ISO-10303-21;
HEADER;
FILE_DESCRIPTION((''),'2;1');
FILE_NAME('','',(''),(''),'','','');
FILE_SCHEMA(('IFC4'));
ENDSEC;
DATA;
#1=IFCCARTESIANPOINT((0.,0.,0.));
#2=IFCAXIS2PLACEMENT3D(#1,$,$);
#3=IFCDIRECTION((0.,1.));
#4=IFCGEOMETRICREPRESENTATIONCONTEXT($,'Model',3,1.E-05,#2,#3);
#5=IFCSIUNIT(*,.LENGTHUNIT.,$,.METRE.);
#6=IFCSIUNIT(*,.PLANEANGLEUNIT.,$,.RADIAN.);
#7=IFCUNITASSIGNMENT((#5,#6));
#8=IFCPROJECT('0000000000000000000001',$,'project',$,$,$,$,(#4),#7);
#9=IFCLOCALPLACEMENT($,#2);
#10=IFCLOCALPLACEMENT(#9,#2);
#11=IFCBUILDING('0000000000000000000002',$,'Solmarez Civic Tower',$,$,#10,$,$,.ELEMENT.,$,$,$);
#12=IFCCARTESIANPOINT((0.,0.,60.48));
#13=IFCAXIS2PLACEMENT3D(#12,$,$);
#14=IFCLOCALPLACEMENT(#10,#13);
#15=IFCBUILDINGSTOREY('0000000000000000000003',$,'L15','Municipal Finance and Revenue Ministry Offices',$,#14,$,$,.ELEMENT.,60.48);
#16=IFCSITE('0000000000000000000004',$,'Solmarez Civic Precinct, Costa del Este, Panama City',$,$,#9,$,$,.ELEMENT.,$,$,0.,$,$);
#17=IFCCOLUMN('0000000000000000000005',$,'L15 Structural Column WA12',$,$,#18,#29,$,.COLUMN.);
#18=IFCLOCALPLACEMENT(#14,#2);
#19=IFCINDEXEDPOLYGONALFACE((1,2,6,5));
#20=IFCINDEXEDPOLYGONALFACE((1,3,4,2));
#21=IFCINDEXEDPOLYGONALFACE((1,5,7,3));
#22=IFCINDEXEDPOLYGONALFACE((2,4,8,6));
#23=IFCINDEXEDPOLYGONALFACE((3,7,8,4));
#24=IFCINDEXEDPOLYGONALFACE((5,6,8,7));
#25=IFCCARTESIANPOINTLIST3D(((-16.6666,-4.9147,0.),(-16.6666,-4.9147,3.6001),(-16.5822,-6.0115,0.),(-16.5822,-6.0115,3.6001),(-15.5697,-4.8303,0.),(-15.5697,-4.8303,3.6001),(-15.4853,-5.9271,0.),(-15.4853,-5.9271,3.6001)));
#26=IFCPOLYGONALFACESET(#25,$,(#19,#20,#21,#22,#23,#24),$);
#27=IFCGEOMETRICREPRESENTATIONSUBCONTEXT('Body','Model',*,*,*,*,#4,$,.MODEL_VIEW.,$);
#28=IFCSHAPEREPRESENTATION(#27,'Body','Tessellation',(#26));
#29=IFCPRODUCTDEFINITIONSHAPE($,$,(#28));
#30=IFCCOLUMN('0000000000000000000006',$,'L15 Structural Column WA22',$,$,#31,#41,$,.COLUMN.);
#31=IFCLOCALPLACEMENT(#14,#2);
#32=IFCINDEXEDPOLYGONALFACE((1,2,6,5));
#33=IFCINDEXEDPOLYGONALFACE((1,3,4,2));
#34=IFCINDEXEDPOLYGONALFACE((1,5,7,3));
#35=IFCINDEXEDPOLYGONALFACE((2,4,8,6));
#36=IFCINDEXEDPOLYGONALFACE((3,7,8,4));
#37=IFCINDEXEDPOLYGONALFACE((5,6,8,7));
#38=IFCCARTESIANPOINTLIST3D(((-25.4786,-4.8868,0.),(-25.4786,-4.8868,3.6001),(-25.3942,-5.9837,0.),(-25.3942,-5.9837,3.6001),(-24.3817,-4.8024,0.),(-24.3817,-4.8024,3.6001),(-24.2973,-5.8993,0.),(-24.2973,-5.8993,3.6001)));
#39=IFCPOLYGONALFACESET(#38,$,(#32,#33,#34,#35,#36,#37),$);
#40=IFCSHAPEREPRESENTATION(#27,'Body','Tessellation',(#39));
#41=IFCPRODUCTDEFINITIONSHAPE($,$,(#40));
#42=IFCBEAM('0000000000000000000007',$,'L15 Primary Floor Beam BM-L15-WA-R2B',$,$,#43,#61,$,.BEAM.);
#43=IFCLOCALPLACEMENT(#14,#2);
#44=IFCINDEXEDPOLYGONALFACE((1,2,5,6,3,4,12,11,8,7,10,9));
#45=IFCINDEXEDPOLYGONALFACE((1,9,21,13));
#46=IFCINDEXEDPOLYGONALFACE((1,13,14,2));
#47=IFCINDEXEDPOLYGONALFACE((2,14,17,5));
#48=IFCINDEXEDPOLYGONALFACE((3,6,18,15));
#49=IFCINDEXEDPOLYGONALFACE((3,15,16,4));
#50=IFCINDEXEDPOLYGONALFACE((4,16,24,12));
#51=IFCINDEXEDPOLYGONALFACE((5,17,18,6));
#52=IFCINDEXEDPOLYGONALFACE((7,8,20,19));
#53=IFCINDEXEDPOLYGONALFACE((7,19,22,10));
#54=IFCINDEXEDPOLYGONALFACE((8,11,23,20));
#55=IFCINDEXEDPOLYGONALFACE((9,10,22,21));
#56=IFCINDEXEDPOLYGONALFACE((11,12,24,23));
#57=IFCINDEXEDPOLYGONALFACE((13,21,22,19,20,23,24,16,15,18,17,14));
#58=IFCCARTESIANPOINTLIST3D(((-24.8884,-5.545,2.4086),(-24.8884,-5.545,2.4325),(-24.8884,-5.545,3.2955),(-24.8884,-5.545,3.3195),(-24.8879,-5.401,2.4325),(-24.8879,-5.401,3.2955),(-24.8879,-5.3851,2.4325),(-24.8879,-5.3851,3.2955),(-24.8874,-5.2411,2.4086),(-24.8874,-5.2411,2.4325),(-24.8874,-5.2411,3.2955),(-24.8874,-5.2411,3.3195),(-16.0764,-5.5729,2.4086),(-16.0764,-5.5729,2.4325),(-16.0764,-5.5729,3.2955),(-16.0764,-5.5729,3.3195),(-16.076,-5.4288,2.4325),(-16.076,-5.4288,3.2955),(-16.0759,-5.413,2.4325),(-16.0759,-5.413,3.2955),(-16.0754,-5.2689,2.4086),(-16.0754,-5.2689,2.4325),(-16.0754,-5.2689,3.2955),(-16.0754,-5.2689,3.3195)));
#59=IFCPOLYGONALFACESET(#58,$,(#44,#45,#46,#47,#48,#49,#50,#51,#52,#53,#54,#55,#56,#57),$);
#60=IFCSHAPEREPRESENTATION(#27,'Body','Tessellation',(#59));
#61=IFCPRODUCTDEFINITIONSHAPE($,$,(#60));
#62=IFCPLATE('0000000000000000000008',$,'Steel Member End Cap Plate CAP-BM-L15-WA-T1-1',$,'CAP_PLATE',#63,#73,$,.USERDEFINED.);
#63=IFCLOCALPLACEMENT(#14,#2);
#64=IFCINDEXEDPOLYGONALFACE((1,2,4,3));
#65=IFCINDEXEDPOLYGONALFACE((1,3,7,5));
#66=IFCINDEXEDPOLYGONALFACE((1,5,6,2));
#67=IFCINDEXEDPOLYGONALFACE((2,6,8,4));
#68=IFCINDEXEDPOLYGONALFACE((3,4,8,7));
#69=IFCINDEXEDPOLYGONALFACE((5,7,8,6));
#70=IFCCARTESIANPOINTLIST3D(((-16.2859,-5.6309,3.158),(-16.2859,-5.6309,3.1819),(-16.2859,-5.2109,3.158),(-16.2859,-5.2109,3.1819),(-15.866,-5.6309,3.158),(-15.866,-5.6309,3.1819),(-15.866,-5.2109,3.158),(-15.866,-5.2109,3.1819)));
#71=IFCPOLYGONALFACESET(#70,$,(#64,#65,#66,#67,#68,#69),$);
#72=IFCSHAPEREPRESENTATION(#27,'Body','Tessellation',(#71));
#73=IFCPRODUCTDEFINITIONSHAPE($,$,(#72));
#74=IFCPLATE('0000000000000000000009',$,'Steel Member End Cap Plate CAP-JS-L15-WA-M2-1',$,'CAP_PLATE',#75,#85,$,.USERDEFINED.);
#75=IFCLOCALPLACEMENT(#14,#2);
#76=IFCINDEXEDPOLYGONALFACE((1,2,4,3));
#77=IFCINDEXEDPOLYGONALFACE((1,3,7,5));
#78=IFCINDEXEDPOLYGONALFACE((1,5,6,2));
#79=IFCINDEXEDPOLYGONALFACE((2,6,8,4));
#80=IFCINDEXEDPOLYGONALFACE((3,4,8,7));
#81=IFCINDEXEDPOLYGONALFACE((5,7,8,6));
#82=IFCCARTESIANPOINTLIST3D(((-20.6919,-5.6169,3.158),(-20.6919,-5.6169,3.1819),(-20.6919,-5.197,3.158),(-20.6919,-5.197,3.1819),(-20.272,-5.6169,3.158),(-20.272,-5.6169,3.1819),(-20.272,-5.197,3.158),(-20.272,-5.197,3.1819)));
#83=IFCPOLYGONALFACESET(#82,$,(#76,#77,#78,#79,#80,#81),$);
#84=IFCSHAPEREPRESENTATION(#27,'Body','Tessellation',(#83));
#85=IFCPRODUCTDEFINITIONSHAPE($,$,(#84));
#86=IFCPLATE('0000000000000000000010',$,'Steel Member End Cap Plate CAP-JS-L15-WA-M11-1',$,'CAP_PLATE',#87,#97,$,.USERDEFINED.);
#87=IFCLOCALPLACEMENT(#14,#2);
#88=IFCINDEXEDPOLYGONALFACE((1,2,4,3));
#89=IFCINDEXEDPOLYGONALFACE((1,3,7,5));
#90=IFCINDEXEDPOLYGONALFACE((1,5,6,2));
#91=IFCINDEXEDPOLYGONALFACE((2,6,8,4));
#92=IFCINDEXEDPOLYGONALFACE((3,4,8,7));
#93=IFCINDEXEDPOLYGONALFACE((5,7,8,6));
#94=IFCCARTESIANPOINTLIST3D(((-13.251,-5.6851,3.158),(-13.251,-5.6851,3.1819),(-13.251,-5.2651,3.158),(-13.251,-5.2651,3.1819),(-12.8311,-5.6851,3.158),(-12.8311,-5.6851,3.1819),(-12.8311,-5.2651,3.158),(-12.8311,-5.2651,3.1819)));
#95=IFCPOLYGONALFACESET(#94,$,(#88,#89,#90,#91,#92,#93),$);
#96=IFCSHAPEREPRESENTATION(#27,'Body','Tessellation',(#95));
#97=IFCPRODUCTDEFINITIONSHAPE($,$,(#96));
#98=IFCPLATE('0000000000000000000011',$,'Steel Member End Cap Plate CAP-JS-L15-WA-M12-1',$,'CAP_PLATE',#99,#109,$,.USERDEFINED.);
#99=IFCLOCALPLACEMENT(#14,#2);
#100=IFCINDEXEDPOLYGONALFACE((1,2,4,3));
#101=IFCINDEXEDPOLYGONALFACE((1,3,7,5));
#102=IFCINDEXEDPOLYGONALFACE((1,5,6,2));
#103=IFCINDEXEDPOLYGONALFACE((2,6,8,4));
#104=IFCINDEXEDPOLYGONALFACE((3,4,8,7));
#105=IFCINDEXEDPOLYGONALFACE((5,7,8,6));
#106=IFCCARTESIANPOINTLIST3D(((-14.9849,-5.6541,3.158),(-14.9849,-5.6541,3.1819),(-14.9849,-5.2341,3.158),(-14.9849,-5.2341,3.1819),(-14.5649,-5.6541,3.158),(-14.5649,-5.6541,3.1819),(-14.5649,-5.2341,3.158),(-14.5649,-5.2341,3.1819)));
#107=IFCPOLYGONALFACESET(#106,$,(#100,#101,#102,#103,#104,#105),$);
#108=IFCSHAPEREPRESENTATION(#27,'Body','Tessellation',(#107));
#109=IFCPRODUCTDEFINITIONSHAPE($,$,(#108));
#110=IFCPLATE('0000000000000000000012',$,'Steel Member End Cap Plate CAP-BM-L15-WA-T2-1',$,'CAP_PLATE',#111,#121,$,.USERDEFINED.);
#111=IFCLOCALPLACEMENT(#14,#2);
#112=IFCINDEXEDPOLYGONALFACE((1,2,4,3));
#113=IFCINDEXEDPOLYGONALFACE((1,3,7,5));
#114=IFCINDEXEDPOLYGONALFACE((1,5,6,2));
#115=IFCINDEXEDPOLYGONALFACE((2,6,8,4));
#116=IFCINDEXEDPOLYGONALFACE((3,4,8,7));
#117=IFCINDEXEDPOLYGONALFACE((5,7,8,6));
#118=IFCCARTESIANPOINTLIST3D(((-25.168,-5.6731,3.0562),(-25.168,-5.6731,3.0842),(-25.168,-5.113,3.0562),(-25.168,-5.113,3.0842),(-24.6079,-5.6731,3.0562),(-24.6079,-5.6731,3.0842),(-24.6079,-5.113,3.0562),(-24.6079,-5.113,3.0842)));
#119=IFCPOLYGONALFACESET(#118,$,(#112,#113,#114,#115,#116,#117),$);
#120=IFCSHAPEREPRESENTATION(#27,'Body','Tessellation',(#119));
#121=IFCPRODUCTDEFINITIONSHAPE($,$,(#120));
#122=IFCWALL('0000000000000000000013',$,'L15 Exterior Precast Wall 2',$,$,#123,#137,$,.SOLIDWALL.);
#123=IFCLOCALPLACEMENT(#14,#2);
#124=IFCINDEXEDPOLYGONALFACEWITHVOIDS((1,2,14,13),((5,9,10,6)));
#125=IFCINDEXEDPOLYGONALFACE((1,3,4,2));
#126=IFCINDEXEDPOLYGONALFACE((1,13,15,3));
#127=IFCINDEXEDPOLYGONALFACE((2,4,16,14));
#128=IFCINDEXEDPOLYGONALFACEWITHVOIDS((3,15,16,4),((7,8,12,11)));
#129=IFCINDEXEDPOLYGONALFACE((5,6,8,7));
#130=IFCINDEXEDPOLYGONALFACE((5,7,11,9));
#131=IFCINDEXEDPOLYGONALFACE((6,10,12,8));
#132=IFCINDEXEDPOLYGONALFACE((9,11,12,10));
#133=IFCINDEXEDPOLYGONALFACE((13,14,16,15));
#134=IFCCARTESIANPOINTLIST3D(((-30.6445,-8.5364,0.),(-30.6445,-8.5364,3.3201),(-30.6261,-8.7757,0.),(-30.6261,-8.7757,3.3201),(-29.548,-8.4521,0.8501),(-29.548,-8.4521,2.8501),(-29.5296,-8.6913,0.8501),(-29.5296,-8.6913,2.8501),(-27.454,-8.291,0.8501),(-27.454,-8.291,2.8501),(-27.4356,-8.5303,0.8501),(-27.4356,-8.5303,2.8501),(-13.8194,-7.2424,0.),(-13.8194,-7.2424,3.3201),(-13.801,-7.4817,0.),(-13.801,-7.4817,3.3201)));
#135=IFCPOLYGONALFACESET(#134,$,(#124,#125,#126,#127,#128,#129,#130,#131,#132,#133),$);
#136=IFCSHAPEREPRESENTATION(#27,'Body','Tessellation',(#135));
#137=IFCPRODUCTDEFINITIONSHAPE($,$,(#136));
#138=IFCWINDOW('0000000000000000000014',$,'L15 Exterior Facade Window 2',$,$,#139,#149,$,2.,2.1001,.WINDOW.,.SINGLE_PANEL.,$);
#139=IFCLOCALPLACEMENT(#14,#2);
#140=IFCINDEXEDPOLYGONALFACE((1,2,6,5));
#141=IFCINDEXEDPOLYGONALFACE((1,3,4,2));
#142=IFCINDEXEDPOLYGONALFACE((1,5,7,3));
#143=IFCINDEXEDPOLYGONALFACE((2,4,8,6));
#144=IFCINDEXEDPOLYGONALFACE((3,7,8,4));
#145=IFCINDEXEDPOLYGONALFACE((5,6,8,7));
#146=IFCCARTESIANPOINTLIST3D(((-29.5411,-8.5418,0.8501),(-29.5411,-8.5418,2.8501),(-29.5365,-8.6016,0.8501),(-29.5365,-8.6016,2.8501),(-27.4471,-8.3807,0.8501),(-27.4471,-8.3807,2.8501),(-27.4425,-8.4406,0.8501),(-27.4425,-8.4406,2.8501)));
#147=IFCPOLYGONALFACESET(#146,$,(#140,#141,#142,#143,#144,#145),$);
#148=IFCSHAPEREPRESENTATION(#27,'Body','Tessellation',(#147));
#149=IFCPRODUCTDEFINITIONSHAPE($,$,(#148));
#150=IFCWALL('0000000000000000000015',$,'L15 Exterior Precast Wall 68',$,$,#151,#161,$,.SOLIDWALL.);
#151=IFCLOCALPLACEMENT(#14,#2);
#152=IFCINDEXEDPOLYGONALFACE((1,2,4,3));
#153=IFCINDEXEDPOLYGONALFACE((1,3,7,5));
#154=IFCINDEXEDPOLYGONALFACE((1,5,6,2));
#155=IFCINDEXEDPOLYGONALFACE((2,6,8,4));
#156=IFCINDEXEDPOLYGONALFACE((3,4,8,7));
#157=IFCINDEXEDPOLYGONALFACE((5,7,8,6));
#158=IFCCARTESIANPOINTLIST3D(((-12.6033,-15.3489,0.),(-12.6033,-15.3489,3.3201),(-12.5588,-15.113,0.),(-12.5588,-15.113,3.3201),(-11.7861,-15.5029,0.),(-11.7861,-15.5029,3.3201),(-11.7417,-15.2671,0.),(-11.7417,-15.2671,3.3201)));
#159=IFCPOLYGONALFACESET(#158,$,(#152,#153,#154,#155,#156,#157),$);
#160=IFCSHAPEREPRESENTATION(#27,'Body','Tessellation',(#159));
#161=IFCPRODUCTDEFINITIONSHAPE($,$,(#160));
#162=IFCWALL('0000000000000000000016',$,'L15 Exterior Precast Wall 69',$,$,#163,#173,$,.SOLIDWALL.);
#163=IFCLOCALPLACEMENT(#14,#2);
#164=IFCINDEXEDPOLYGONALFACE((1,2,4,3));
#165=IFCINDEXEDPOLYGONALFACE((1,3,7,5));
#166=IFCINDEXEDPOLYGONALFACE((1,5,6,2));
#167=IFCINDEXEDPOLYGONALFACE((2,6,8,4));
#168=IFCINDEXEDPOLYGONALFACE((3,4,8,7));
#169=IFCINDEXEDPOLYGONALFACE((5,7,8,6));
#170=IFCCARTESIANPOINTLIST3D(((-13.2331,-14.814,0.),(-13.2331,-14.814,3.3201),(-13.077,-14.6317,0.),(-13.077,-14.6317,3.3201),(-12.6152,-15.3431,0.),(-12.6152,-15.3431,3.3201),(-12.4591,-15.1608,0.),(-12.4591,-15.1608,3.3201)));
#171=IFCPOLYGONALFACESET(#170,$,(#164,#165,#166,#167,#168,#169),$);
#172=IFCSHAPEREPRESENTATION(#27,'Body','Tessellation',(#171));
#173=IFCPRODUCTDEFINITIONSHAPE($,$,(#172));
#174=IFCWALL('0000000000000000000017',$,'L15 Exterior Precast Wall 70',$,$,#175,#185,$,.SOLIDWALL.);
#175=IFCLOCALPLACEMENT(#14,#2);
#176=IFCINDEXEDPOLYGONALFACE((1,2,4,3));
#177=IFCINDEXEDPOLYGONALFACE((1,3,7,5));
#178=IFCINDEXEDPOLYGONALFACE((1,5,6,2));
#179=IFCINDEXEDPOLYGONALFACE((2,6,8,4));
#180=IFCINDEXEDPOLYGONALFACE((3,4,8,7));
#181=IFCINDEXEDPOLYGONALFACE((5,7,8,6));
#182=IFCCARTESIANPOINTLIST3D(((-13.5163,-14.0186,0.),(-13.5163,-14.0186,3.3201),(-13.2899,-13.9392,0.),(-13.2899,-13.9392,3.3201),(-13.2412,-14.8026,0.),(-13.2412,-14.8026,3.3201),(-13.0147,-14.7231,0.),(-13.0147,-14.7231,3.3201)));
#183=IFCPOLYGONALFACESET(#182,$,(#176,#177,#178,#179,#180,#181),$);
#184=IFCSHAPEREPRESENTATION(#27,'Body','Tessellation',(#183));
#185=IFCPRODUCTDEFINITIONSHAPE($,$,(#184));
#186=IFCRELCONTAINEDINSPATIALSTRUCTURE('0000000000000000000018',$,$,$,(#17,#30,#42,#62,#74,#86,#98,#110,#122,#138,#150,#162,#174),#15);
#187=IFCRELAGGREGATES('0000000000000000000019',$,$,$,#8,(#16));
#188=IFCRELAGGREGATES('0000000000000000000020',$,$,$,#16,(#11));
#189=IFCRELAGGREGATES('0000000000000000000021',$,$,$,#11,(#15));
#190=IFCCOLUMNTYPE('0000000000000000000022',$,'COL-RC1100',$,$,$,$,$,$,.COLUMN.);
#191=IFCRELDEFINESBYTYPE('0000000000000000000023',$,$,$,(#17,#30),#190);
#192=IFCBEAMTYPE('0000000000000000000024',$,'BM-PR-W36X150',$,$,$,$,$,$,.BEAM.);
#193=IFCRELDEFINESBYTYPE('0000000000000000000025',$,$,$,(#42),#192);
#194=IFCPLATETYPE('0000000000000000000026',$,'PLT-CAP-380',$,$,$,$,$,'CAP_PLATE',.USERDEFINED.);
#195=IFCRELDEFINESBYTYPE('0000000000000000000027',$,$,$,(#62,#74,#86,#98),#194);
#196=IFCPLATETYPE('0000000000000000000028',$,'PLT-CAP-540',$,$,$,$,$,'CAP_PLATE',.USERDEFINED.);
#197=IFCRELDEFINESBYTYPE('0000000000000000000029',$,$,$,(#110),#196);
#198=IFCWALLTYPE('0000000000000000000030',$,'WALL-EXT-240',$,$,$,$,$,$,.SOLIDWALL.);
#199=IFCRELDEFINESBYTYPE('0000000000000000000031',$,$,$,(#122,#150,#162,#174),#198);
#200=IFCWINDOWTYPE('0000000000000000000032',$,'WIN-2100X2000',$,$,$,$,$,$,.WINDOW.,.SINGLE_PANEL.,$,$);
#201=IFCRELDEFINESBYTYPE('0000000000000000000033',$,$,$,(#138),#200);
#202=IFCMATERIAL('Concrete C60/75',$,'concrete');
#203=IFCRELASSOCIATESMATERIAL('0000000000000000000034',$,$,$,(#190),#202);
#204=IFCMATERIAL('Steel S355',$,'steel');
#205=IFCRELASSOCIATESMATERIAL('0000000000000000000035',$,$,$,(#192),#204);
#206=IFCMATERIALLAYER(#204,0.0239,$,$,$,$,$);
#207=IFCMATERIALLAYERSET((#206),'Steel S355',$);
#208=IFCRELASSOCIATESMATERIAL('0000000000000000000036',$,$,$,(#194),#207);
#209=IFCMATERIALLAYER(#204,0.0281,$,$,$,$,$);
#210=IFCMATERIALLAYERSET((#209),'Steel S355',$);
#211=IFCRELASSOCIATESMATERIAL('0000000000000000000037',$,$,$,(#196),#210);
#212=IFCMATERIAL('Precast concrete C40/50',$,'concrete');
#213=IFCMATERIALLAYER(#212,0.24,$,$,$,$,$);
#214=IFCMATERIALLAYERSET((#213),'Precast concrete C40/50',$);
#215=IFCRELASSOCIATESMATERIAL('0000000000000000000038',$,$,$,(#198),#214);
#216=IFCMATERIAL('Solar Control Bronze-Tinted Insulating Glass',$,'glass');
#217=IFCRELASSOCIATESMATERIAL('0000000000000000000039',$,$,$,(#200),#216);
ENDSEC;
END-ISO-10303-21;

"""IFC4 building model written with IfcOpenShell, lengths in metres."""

from ifc_helpers import new_model, si_unit, direction, frame, frame_2d, origin, origin_2d, place, context, subcontext, project, spatial, rectangle, i_section, extrude, material, layer, layer_set, material_profile, profile_set, type_object, element, fill, save


model = new_model("IFC4")

# Units and contexts
model_context = context("Model", 3, precision=1e-05, world=origin(), true_north=direction((0.0, 1.0)))
body_context = subcontext(model_context, "Body", "Model", "MODEL_VIEW")
ifc_project = project(units=[si_unit("LENGTHUNIT", "METRE"), si_unit("PLANEANGLEUNIT", "RADIAN")], contexts=[model_context])

# Site, building, storey
site_placement = place(None, origin())
site = spatial("IfcSite", under=ifc_project, at=site_placement, Name="Solmarez Civic Precinct, Costa del Este, Panama City", CompositionType="ELEMENT", RefElevation=0.0)
building_placement = place(site_placement, origin())
building = spatial("IfcBuilding", under=site, at=building_placement, Name="Solmarez Civic Tower", CompositionType="ELEMENT")
storey_placement = place(building_placement, frame((0.0, 0.0, 60.48)))
storey = spatial("IfcBuildingStorey", under=building, at=storey_placement, Name="L15", Description="Municipal Finance and Revenue Ministry Offices", CompositionType="ELEMENT", Elevation=60.48)

# Columns
ifc_material_1 = material(Name="Concrete C60/75", Category="concrete")
ifc_material_profile_1 = material_profile(ifc_material_1, rectangle(XDim=1.1001, YDim=1.1001, at=origin_2d()), Name="RC1100X1100")
ifc_profile_set_1 = profile_set([ifc_material_profile_1], Name="Concrete C60/75")
column_type = type_object("IfcColumnType", Name="COL-RC1100", PredefinedType="COLUMN", material=ifc_profile_set_1)
for number, where, z_axis, x_axis, name in (
    (1, (-16.0759, -5.4209, 0.0), (0.0, 0.0, 1.0), (0.997053, 0.076719, 0.0), "L15 Structural Column WA12"),
    (2, (-24.8879, -5.3931, 0.0), (0.0, 0.0, 1.0), (0.997053, 0.076719, 0.0), "L15 Structural Column WA22"),
):
    element("IfcColumn", number, at=place(storey_placement, frame(where, z_axis=z_axis, x_axis=x_axis)), inside=storey, type_object=column_type, Name=name, PredefinedType="COLUMN", context=body_context, shape_type="SweptSolid", body=[
        extrude(rectangle(XDim=1.1001, YDim=1.1001, at=origin_2d()), origin(), (0.0, 0.0, 1.0), 3.6001),
    ])

# Beam
ifc_material_2 = material(Name="Steel S355", Category="steel")
ifc_material_profile_2 = material_profile(ifc_material_2, i_section(OverallWidth=0.304, OverallDepth=0.9109, WebThickness=0.0159, FlangeThickness=0.0239, at=origin_2d()), Name="W36X150")
ifc_profile_set_2 = profile_set([ifc_material_profile_2], Name="Steel S355")
beam_type = type_object("IfcBeamType", Name="BM-PR-W36X150", PredefinedType="BEAM", material=ifc_profile_set_2)
beam_placement = place(storey_placement, frame((-16.0759, -5.4209, 2.864), z_axis=(-0.999995, 0.003158, 0.0), x_axis=(-0.003158, -0.999995, 0.0)))
element("IfcBeam", 3, at=beam_placement, inside=storey, type_object=beam_type, Name="L15 Primary Floor Beam BM-L15-WA-R2B", PredefinedType="BEAM", context=body_context, shape_type="SweptSolid", body=[
    extrude(i_section(OverallWidth=0.304, OverallDepth=0.9109, WebThickness=0.0159, FlangeThickness=0.0239, at=origin_2d()), origin(), (0.0, 0.0, 1.0), 8.812),
])

# Plates
ifc_layer_1 = layer(ifc_material_2, 0.0239)
ifc_layer_set_1 = layer_set([ifc_layer_1], Name="Steel S355")
plate_type_1 = type_object("IfcPlateType", Name="PLT-CAP-380", ElementType="CAP_PLATE", PredefinedType="USERDEFINED", material=ifc_layer_set_1)
for number, where, z_axis, x_axis, name in (
    (4, (-16.0759, -5.4209, 3.158), (0.0, 0.0, 1.0), (1.0, 0.0, 0.0), "Steel Member End Cap Plate CAP-BM-L15-WA-T1-1"),
    (5, (-20.4819, -5.407, 3.158), (0.0, 0.0, 1.0), (1.0, 0.0, 0.0), "Steel Member End Cap Plate CAP-JS-L15-WA-M2-1"),
    (6, (-13.041, -5.4751, 3.158), (0.0, 0.0, 1.0), (1.0, 0.0, 0.0), "Steel Member End Cap Plate CAP-JS-L15-WA-M11-1"),
    (7, (-14.7749, -5.4441, 3.158), (0.0, 0.0, 1.0), (1.0, 0.0, 0.0), "Steel Member End Cap Plate CAP-JS-L15-WA-M12-1"),
):
    element("IfcPlate", number, at=place(storey_placement, frame(where, z_axis=z_axis, x_axis=x_axis)), inside=storey, type_object=plate_type_1, Name=name, ObjectType="CAP_PLATE", PredefinedType="USERDEFINED", context=body_context, shape_type="SweptSolid", body=[
        extrude(rectangle(XDim=0.4199, YDim=0.4199, at=origin_2d()), origin(), (0.0, 0.0, 1.0), 0.0239),
    ])
ifc_layer_2 = layer(ifc_material_2, 0.0281)
ifc_layer_set_2 = layer_set([ifc_layer_2], Name="Steel S355")
plate_type_2 = type_object("IfcPlateType", Name="PLT-CAP-540", ElementType="CAP_PLATE", PredefinedType="USERDEFINED", material=ifc_layer_set_2)
plate_placement = place(storey_placement, frame((-24.8879, -5.3931, 3.0562), z_axis=(0.0, 0.0, 1.0), x_axis=(1.0, 0.0, 0.0)))
element("IfcPlate", 8, at=plate_placement, inside=storey, type_object=plate_type_2, Name="Steel Member End Cap Plate CAP-BM-L15-WA-T2-1", ObjectType="CAP_PLATE", PredefinedType="USERDEFINED", context=body_context, shape_type="SweptSolid", body=[
    extrude(rectangle(XDim=0.5601, YDim=0.5601, at=origin_2d()), origin(), (0.0, 0.0, 1.0), 0.0281),
])

# Wall, opening, window
ifc_material_3 = material(Name="Precast concrete C40/50", Category="concrete")
ifc_layer_3 = layer(ifc_material_3, 0.24)
ifc_layer_set_3 = layer_set([ifc_layer_3], Name="Precast concrete C40/50")
wall_type_1 = type_object("IfcWallType", Name="WALL-EXT-240", PredefinedType="SOLIDWALL", material=ifc_layer_set_3)
wall_1_placement = place(storey_placement, frame((-13.8101, -7.3621, 0.0), z_axis=(0.0, 0.0, 1.0), x_axis=(-0.997056, -0.07668, 0.0)))
wall_1 = element("IfcWall", 9, at=wall_1_placement, inside=storey, type_object=wall_type_1, Name="L15 Exterior Precast Wall 2", PredefinedType="SOLIDWALL", context=body_context, shape_type="SweptSolid", body=[
    extrude(rectangle(XDim=16.8748, YDim=0.24, at=frame_2d((8.4375, 0.0))), origin(), (0.0, 0.0, 1.0), 3.3201),
])
opening_1_placement = place(wall_1_placement, frame((13.675, 0.0, 0.8501)))
opening_1 = element("IfcOpeningElement", 10, at=opening_1_placement, cuts=wall_1, PredefinedType="OPENING", context=body_context, shape_type="SweptSolid", body=[
    extrude(rectangle(XDim=2.1001, YDim=2.0, at=frame_2d((1.05, 1.0))), frame((0.0, 0.1299, 0.0), z_axis=(0.0, -1.0, 0.0), x_axis=(1.0, 0.0, 0.0)), (0.0, 0.0, 1.0), 0.26),
])
ifc_material_4 = material(Name="Solar Control Bronze-Tinted Insulating Glass", Category="glass")
window_type = type_object("IfcWindowType", Name="WIN-2100X2000", PartitioningType="SINGLE_PANEL", PredefinedType="WINDOW", material=ifc_material_4)
window_placement = place(opening_1_placement, origin())
window = element("IfcWindow", 11, at=window_placement, inside=storey, type_object=window_type, Name="L15 Exterior Facade Window 2", OverallHeight=2.0, OverallWidth=2.1001, PartitioningType="SINGLE_PANEL", PredefinedType="WINDOW", context=body_context, shape_type="SweptSolid", body=[
    extrude(rectangle(XDim=2.1001, YDim=2.0, at=frame_2d((1.05, 1.0))), frame((0.0, 0.03, 0.0), z_axis=(0.0, -1.0, 0.0), x_axis=(1.0, 0.0, 0.0)), (0.0, 0.0, 1.0), 0.0601),
])
fill(opening_1, window)

# Walls
wall_2_placement = place(storey_placement, frame((-11.7639, -15.385, 0.0), z_axis=(0.0, 0.0, 1.0), x_axis=(-0.982689, 0.185263, 0.0)))
element("IfcWall", 12, at=wall_2_placement, inside=storey, type_object=wall_type_1, Name="L15 Exterior Precast Wall 68", PredefinedType="SOLIDWALL", context=body_context, shape_type="SweptSolid", body=[
    extrude(rectangle(XDim=0.8315, YDim=0.24, at=frame_2d((0.4158, 0.0))), origin(), (0.0, 0.0, 1.0), 3.3201),
])
wall_3_placement = place(storey_placement, frame((-12.5371, -15.252, 0.0), z_axis=(0.0, 0.0, 1.0), x_axis=(-0.759617, 0.650371, 0.0)))
element("IfcWall", 13, at=wall_3_placement, inside=storey, type_object=wall_type_1, Name="L15 Exterior Precast Wall 69", PredefinedType="SOLIDWALL", context=body_context, shape_type="SweptSolid", body=[
    extrude(rectangle(XDim=0.8135, YDim=0.24, at=frame_2d((0.4067, 0.0))), origin(), (0.0, 0.0, 1.0), 3.3201),
])
wall_4_placement = place(storey_placement, frame((-13.1279, -14.7629, 0.0), z_axis=(0.0, 0.0, 1.0), x_axis=(-0.331175, 0.943569, 0.0)))
element("IfcWall", 14, at=wall_4_placement, inside=storey, type_object=wall_type_1, Name="L15 Exterior Precast Wall 70", PredefinedType="SOLIDWALL", context=body_context, shape_type="SweptSolid", body=[
    extrude(rectangle(XDim=0.8308, YDim=0.24, at=frame_2d((0.4155, 0.0))), origin(), (0.0, 0.0, 1.0), 3.3201),
])

save(model, "model.ifc")
